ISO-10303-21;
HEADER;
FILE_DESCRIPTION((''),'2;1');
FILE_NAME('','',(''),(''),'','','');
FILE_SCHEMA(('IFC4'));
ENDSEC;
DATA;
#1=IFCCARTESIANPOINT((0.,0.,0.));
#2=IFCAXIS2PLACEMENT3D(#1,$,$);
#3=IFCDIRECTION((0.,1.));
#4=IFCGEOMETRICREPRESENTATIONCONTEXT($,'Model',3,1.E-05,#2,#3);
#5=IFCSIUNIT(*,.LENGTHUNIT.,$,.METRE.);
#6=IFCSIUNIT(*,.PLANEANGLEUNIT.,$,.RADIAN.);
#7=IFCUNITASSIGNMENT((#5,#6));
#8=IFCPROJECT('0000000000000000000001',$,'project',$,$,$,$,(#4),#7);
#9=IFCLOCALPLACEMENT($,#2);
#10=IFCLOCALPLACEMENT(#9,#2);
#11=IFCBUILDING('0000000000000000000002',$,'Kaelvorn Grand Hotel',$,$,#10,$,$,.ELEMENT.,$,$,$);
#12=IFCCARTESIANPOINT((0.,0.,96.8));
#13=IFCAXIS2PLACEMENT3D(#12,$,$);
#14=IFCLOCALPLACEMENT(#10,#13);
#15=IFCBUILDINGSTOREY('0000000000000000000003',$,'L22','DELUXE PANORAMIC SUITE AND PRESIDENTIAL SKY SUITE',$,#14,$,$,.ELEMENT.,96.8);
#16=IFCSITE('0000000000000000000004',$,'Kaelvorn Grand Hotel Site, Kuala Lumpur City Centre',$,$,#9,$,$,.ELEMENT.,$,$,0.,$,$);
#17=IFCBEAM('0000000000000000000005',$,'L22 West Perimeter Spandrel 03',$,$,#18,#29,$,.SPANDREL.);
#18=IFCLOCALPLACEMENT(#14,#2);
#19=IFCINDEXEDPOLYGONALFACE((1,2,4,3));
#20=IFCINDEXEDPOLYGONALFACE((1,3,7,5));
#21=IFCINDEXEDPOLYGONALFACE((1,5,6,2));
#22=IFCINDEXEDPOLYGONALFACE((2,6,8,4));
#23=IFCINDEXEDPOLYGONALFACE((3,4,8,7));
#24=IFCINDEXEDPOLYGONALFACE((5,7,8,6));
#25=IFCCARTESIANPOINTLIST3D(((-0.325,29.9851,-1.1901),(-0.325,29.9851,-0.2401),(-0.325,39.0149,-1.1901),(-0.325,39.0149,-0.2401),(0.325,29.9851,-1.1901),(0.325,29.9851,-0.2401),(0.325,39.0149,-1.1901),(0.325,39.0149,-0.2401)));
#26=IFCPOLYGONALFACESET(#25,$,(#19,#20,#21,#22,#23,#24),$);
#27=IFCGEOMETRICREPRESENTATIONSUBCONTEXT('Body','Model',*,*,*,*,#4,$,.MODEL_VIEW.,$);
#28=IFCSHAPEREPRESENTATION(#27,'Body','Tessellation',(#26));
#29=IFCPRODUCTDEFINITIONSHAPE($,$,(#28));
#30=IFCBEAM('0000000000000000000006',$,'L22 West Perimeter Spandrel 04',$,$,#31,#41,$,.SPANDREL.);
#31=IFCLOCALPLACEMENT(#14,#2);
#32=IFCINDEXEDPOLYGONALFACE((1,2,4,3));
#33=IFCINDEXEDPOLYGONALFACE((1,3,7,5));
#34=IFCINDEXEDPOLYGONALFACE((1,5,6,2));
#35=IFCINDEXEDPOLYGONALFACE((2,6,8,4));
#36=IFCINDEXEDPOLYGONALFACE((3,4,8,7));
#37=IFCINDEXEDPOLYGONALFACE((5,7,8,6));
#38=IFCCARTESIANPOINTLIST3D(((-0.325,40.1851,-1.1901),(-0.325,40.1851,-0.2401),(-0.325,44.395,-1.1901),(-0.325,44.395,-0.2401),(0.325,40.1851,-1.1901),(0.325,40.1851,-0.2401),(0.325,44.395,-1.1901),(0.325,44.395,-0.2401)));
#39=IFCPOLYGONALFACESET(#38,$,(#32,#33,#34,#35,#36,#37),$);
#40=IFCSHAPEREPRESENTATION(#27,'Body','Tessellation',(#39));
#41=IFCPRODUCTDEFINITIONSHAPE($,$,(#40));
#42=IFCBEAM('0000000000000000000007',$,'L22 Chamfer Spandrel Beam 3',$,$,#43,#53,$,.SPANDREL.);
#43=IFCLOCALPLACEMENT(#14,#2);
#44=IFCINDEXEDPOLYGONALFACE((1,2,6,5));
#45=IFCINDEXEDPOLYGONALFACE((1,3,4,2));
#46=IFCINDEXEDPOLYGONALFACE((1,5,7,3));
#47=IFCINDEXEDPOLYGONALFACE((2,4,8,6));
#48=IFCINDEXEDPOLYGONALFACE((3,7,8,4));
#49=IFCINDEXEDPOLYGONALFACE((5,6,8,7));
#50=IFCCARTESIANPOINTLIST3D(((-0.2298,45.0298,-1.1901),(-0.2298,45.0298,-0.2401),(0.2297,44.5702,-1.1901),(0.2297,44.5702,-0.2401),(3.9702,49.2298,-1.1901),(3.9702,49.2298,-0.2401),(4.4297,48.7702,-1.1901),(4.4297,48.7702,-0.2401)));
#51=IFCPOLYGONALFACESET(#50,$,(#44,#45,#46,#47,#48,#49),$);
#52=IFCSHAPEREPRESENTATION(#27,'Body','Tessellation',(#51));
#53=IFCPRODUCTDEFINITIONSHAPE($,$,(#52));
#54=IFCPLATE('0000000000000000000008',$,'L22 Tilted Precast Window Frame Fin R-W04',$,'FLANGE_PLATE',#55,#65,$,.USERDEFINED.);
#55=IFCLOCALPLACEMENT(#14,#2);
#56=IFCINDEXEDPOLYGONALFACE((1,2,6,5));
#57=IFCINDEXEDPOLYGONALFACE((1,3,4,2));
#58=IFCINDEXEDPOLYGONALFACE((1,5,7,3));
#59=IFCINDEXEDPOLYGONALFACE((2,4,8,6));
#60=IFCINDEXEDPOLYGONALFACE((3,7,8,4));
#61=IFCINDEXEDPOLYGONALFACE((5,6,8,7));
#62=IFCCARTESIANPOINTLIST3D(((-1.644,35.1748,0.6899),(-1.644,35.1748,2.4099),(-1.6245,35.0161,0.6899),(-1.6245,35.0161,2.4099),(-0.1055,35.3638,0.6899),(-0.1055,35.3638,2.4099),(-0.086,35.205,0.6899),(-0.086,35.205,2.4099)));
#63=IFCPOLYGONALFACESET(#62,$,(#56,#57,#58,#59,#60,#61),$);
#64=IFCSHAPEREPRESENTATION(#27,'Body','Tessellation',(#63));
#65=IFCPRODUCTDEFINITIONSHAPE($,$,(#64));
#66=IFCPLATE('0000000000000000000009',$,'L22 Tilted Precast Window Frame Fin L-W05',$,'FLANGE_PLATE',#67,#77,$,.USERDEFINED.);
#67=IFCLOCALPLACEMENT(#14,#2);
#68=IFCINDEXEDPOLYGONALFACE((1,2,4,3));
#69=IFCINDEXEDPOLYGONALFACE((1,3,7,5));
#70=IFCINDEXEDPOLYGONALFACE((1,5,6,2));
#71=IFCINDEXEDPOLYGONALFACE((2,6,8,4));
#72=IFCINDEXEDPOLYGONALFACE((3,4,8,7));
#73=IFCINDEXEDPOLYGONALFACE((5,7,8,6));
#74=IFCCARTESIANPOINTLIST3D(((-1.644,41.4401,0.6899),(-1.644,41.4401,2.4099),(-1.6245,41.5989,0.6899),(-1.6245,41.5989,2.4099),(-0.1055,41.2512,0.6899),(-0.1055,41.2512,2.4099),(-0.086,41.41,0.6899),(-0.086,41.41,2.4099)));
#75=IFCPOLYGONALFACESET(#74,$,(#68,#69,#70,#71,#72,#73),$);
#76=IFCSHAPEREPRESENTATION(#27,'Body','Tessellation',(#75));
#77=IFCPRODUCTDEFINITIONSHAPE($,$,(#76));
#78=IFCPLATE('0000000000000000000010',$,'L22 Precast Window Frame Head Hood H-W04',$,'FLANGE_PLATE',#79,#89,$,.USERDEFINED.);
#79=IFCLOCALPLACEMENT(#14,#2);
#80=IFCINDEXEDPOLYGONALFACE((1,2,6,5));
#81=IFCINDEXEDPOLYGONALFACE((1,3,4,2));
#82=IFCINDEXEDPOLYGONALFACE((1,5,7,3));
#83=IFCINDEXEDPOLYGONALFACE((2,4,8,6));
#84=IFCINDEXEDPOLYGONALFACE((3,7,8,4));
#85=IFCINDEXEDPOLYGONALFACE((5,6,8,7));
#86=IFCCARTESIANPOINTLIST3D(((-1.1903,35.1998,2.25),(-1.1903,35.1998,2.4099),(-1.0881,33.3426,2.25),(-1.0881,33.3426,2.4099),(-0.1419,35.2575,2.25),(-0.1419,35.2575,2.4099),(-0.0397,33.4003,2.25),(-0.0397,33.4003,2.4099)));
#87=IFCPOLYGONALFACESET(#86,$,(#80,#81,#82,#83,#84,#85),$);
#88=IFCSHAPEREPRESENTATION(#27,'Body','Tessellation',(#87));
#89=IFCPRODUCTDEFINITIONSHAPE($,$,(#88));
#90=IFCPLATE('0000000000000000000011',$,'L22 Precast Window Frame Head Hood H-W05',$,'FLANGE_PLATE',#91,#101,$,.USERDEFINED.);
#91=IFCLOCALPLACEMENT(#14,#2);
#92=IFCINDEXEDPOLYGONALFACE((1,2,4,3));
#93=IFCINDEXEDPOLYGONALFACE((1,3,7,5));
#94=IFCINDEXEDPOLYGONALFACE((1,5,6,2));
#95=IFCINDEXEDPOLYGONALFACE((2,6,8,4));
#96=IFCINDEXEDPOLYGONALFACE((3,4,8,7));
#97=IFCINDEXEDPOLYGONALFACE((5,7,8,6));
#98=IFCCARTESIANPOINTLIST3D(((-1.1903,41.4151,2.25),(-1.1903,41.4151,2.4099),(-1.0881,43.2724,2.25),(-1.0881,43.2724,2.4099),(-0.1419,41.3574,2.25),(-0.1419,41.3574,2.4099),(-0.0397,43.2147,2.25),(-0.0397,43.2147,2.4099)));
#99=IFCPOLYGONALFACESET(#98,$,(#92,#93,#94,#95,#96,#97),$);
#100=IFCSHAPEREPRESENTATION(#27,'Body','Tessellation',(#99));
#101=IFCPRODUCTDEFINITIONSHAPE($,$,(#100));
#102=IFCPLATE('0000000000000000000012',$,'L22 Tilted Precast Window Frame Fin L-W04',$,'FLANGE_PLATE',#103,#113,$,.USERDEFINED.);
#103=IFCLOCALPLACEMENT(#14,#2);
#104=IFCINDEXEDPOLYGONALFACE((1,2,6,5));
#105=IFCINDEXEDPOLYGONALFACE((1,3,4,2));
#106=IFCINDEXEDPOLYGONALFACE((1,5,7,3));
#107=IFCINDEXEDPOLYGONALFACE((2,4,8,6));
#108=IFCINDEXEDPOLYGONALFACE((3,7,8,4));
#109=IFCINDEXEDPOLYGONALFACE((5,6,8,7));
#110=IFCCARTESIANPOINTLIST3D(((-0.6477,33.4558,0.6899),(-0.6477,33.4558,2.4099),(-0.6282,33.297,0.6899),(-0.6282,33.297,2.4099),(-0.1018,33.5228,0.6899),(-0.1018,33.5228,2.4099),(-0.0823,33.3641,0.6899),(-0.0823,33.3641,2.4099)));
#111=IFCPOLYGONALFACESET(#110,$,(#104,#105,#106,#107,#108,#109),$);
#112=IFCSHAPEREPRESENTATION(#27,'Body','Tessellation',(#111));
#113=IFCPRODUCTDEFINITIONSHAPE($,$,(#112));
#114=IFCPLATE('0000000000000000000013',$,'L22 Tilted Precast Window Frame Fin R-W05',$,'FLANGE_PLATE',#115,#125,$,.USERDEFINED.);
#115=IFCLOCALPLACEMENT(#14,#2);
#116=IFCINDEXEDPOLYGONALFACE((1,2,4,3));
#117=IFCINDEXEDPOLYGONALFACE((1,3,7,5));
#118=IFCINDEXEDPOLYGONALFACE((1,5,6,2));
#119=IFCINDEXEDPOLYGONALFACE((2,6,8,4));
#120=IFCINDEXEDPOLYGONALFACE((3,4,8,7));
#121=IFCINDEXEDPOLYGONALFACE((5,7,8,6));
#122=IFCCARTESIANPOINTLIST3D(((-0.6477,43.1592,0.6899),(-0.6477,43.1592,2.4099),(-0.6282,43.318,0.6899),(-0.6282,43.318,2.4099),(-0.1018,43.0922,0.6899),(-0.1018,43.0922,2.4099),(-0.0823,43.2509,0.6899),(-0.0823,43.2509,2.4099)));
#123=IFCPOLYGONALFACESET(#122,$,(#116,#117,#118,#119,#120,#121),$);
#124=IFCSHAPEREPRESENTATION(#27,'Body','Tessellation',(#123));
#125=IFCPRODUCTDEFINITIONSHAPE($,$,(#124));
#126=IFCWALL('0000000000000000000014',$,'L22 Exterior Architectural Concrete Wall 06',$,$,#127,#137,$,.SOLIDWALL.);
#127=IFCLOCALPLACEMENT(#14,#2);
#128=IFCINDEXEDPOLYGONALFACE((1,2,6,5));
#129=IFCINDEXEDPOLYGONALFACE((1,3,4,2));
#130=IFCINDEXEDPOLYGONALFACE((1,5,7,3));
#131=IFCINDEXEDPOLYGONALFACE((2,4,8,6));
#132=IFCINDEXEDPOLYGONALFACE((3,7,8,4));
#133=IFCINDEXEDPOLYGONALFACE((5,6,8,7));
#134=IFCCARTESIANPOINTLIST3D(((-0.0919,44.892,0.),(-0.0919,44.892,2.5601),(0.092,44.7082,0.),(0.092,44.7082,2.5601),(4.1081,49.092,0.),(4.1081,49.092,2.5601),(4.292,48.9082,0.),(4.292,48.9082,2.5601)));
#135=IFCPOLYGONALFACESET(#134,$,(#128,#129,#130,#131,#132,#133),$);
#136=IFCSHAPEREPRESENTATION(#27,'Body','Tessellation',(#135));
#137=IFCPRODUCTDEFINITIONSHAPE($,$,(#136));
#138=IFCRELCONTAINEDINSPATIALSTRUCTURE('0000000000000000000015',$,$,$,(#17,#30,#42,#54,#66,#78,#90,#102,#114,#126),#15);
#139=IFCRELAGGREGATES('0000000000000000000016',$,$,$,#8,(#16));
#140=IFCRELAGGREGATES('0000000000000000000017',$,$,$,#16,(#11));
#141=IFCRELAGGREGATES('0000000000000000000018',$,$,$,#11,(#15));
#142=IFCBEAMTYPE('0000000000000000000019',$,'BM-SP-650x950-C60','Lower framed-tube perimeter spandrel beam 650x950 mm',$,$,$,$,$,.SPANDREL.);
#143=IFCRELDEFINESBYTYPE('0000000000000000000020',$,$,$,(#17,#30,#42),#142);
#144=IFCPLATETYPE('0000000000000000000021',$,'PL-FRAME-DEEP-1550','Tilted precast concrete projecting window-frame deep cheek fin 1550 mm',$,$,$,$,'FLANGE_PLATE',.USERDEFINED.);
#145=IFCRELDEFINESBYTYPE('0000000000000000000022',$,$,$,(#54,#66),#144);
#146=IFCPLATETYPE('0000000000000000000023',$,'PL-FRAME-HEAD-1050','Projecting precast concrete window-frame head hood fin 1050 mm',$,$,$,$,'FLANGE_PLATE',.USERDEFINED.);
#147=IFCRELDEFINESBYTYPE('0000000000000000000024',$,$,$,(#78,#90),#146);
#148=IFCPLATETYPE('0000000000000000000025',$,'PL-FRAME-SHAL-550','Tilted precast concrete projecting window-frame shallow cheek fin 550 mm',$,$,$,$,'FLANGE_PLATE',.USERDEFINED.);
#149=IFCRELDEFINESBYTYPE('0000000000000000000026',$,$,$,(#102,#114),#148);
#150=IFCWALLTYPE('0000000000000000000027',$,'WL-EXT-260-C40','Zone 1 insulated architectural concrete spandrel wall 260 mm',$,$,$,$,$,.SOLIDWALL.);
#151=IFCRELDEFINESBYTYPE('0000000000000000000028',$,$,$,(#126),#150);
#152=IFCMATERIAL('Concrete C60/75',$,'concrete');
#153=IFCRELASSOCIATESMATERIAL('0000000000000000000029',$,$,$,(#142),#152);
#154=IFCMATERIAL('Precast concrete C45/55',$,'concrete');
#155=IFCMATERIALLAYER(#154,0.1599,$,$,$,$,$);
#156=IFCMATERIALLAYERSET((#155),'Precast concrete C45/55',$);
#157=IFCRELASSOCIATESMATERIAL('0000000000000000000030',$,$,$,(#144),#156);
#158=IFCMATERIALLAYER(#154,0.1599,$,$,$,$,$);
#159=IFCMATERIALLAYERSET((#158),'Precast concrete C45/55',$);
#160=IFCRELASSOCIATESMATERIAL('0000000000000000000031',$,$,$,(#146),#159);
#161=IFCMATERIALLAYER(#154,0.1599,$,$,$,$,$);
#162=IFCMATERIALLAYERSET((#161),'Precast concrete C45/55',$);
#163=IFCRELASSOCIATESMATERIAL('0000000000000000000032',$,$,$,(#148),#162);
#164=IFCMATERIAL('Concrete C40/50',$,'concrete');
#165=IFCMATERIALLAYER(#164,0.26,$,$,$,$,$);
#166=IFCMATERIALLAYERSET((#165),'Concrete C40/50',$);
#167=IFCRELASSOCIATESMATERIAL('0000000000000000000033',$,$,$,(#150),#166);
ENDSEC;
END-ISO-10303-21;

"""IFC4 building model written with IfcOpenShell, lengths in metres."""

from ifc_helpers import new_model, si_unit, direction, frame, frame_2d, origin, origin_2d, place, context, subcontext, project, spatial, rectangle, extrude, material, layer, layer_set, material_profile, profile_set, type_object, element, save


model = new_model("IFC4")

# Units and contexts
model_context = context("Model", 3, precision=1e-05, world=origin(), true_north=direction((0.0, 1.0)))
body_context = subcontext(model_context, "Body", "Model", "MODEL_VIEW")
ifc_project = project(units=[si_unit("LENGTHUNIT", "METRE"), si_unit("PLANEANGLEUNIT", "RADIAN")], contexts=[model_context])

# Site, building, storey
site_placement = place(None, origin())
site = spatial("IfcSite", under=ifc_project, at=site_placement, Name="Kaelvorn Grand Hotel Site, Kuala Lumpur City Centre", CompositionType="ELEMENT", RefElevation=0.0)
building_placement = place(site_placement, origin())
building = spatial("IfcBuilding", under=site, at=building_placement, Name="Kaelvorn Grand Hotel", CompositionType="ELEMENT")
storey_placement = place(building_placement, frame((0.0, 0.0, 96.8)))
storey = spatial("IfcBuildingStorey", under=building, at=storey_placement, Name="L22", Description="DELUXE PANORAMIC SUITE AND PRESIDENTIAL SKY SUITE", CompositionType="ELEMENT", Elevation=96.8)

# Shared definitions
ifc_material_1 = material(Name="Concrete C60/75", Category="concrete")

# Beams
ifc_material_profile_1 = material_profile(ifc_material_1, rectangle(XDim=0.6499, YDim=0.95, at=origin_2d()), Name="RC SPANDREL 650x950")
ifc_profile_set_1 = profile_set([ifc_material_profile_1], Name="Concrete C60/75")
beam_type_1 = type_object("IfcBeamType", Name="BM-SP-650x950-C60", Description="Lower framed-tube perimeter spandrel beam 650x950 mm", PredefinedType="SPANDREL", material=ifc_profile_set_1)
beam_1_placement = place(storey_placement, frame((0.0, 29.9851, -0.7151), z_axis=(0.0, 1.0, 0.0), x_axis=(-1.0, 0.0, 0.0)))
element("IfcBeam", 1, at=beam_1_placement, inside=storey, type_object=beam_type_1, Name="L22 West Perimeter Spandrel 03", PredefinedType="SPANDREL", context=body_context, shape_type="SweptSolid", body=[
    extrude(rectangle(XDim=0.6499, YDim=0.95, at=origin_2d()), origin(), (0.0, 0.0, 1.0), 9.0298),
])
beam_2_placement = place(storey_placement, frame((0.0, 40.1851, -0.7151), z_axis=(0.0, 1.0, 0.0), x_axis=(-1.0, 0.0, 0.0)))
element("IfcBeam", 2, at=beam_2_placement, inside=storey, type_object=beam_type_1, Name="L22 West Perimeter Spandrel 04", PredefinedType="SPANDREL", context=body_context, shape_type="SweptSolid", body=[
    extrude(rectangle(XDim=0.6499, YDim=0.95, at=origin_2d()), origin(), (0.0, 0.0, 1.0), 4.21),
])
beam_3_placement = place(storey_placement, frame((4.2, 49.0, -0.7151), z_axis=(-0.707107, -0.707107, 0.0), x_axis=(0.707107, -0.707107, 0.0)))
element("IfcBeam", 3, at=beam_3_placement, inside=storey, type_object=beam_type_1, Name="L22 Chamfer Spandrel Beam 3", PredefinedType="SPANDREL", context=body_context, shape_type="SweptSolid", body=[
    extrude(rectangle(XDim=0.6499, YDim=0.95, at=origin_2d()), origin(), (0.0, 0.0, 1.0), 5.9397),
])

# Plates
ifc_material_2 = material(Name="Precast concrete C45/55", Category="concrete")
ifc_layer_1 = layer(ifc_material_2, 0.1599)
ifc_layer_set_1 = layer_set([ifc_layer_1], Name="Precast concrete C45/55")
plate_type_1 = type_object("IfcPlateType", Name="PL-FRAME-DEEP-1550", Description="Tilted precast concrete projecting window-frame deep cheek fin 1550 mm", ElementType="FLANGE_PLATE", PredefinedType="USERDEFINED", material=ifc_layer_set_1)
for number, where, z_axis, x_axis, name in (
    (4, (-0.865, 35.1899, 0.6899), (0.0, 0.0, 1.0), (-0.121869, 0.992546, 0.0), "L22 Tilted Precast Window Frame Fin R-W04"),
    (5, (-0.865, 41.425, 0.6899), (0.0, 0.0, 1.0), (0.121869, 0.992546, 0.0), "L22 Tilted Precast Window Frame Fin L-W05"),
):
    element("IfcPlate", number, at=place(storey_placement, frame(where, z_axis=z_axis, x_axis=x_axis)), inside=storey, type_object=plate_type_1, Name=name, ObjectType="FLANGE_PLATE", PredefinedType="USERDEFINED", context=body_context, shape_type="SweptSolid", body=[
        extrude(rectangle(XDim=0.1599, YDim=1.55, at=origin_2d()), origin(), (0.0, 0.0, 1.0), 1.72),
    ])
ifc_layer_2 = layer(ifc_material_2, 0.1599)
ifc_layer_set_2 = layer_set([ifc_layer_2], Name="Precast concrete C45/55")
plate_type_2 = type_object("IfcPlateType", Name="PL-FRAME-HEAD-1050", Description="Projecting precast concrete window-frame head hood fin 1050 mm", ElementType="FLANGE_PLATE", PredefinedType="USERDEFINED", material=ifc_layer_set_2)
for number, where, z_axis, x_axis, name in (
    (6, (-0.615, 34.3, 2.25), (0.0, 0.0, 1.0), (-0.05495, 0.998489, 0.0), "L22 Precast Window Frame Head Hood H-W04"),
    (7, (-0.615, 42.3149, 2.25), (0.0, 0.0, 1.0), (0.05495, 0.998489, 0.0), "L22 Precast Window Frame Head Hood H-W05"),
):
    element("IfcPlate", number, at=place(storey_placement, frame(where, z_axis=z_axis, x_axis=x_axis)), inside=storey, type_object=plate_type_2, Name=name, ObjectType="FLANGE_PLATE", PredefinedType="USERDEFINED", context=body_context, shape_type="SweptSolid", body=[
        extrude(rectangle(XDim=1.8601, YDim=1.05, at=origin_2d()), origin(), (0.0, 0.0, 1.0), 0.1599),
    ])
ifc_layer_3 = layer(ifc_material_2, 0.1599)
ifc_layer_set_3 = layer_set([ifc_layer_3], Name="Precast concrete C45/55")
plate_type_3 = type_object("IfcPlateType", Name="PL-FRAME-SHAL-550", Description="Tilted precast concrete projecting window-frame shallow cheek fin 550 mm", ElementType="FLANGE_PLATE", PredefinedType="USERDEFINED", material=ifc_layer_set_3)
for number, where, z_axis, x_axis, name in (
    (8, (-0.365, 33.4099, 0.6899), (0.0, 0.0, 1.0), (-0.121869, 0.992546, 0.0), "L22 Tilted Precast Window Frame Fin L-W04"),
    (9, (-0.365, 43.2051, 0.6899), (0.0, 0.0, 1.0), (0.121869, 0.992546, 0.0), "L22 Tilted Precast Window Frame Fin R-W05"),
):
    element("IfcPlate", number, at=place(storey_placement, frame(where, z_axis=z_axis, x_axis=x_axis)), inside=storey, type_object=plate_type_3, Name=name, ObjectType="FLANGE_PLATE", PredefinedType="USERDEFINED", context=body_context, shape_type="SweptSolid", body=[
        extrude(rectangle(XDim=0.1599, YDim=0.55, at=origin_2d()), origin(), (0.0, 0.0, 1.0), 1.72),
    ])

# Wall
ifc_material_3 = material(Name="Concrete C40/50", Category="concrete")
ifc_layer_4 = layer(ifc_material_3, 0.26)
ifc_layer_set_4 = layer_set([ifc_layer_4], Name="Concrete C40/50")
wall_type_1 = type_object("IfcWallType", Name="WL-EXT-260-C40", Description="Zone 1 insulated architectural concrete spandrel wall 260 mm", PredefinedType="SOLIDWALL", material=ifc_layer_set_4)
wall_1_placement = place(storey_placement, frame((4.2, 49.0, 0.0), z_axis=(0.0, 0.0, 1.0), x_axis=(-0.707107, -0.707107, 0.0)))
element("IfcWall", 10, at=wall_1_placement, inside=storey, type_object=wall_type_1, Name="L22 Exterior Architectural Concrete Wall 06", PredefinedType="SOLIDWALL", context=body_context, shape_type="SweptSolid", body=[
    extrude(rectangle(XDim=5.9397, YDim=0.26, at=frame_2d((2.9697, 0.0))), origin(), (0.0, 0.0, 1.0), 2.5601),
])

save(model, "model.ifc")
